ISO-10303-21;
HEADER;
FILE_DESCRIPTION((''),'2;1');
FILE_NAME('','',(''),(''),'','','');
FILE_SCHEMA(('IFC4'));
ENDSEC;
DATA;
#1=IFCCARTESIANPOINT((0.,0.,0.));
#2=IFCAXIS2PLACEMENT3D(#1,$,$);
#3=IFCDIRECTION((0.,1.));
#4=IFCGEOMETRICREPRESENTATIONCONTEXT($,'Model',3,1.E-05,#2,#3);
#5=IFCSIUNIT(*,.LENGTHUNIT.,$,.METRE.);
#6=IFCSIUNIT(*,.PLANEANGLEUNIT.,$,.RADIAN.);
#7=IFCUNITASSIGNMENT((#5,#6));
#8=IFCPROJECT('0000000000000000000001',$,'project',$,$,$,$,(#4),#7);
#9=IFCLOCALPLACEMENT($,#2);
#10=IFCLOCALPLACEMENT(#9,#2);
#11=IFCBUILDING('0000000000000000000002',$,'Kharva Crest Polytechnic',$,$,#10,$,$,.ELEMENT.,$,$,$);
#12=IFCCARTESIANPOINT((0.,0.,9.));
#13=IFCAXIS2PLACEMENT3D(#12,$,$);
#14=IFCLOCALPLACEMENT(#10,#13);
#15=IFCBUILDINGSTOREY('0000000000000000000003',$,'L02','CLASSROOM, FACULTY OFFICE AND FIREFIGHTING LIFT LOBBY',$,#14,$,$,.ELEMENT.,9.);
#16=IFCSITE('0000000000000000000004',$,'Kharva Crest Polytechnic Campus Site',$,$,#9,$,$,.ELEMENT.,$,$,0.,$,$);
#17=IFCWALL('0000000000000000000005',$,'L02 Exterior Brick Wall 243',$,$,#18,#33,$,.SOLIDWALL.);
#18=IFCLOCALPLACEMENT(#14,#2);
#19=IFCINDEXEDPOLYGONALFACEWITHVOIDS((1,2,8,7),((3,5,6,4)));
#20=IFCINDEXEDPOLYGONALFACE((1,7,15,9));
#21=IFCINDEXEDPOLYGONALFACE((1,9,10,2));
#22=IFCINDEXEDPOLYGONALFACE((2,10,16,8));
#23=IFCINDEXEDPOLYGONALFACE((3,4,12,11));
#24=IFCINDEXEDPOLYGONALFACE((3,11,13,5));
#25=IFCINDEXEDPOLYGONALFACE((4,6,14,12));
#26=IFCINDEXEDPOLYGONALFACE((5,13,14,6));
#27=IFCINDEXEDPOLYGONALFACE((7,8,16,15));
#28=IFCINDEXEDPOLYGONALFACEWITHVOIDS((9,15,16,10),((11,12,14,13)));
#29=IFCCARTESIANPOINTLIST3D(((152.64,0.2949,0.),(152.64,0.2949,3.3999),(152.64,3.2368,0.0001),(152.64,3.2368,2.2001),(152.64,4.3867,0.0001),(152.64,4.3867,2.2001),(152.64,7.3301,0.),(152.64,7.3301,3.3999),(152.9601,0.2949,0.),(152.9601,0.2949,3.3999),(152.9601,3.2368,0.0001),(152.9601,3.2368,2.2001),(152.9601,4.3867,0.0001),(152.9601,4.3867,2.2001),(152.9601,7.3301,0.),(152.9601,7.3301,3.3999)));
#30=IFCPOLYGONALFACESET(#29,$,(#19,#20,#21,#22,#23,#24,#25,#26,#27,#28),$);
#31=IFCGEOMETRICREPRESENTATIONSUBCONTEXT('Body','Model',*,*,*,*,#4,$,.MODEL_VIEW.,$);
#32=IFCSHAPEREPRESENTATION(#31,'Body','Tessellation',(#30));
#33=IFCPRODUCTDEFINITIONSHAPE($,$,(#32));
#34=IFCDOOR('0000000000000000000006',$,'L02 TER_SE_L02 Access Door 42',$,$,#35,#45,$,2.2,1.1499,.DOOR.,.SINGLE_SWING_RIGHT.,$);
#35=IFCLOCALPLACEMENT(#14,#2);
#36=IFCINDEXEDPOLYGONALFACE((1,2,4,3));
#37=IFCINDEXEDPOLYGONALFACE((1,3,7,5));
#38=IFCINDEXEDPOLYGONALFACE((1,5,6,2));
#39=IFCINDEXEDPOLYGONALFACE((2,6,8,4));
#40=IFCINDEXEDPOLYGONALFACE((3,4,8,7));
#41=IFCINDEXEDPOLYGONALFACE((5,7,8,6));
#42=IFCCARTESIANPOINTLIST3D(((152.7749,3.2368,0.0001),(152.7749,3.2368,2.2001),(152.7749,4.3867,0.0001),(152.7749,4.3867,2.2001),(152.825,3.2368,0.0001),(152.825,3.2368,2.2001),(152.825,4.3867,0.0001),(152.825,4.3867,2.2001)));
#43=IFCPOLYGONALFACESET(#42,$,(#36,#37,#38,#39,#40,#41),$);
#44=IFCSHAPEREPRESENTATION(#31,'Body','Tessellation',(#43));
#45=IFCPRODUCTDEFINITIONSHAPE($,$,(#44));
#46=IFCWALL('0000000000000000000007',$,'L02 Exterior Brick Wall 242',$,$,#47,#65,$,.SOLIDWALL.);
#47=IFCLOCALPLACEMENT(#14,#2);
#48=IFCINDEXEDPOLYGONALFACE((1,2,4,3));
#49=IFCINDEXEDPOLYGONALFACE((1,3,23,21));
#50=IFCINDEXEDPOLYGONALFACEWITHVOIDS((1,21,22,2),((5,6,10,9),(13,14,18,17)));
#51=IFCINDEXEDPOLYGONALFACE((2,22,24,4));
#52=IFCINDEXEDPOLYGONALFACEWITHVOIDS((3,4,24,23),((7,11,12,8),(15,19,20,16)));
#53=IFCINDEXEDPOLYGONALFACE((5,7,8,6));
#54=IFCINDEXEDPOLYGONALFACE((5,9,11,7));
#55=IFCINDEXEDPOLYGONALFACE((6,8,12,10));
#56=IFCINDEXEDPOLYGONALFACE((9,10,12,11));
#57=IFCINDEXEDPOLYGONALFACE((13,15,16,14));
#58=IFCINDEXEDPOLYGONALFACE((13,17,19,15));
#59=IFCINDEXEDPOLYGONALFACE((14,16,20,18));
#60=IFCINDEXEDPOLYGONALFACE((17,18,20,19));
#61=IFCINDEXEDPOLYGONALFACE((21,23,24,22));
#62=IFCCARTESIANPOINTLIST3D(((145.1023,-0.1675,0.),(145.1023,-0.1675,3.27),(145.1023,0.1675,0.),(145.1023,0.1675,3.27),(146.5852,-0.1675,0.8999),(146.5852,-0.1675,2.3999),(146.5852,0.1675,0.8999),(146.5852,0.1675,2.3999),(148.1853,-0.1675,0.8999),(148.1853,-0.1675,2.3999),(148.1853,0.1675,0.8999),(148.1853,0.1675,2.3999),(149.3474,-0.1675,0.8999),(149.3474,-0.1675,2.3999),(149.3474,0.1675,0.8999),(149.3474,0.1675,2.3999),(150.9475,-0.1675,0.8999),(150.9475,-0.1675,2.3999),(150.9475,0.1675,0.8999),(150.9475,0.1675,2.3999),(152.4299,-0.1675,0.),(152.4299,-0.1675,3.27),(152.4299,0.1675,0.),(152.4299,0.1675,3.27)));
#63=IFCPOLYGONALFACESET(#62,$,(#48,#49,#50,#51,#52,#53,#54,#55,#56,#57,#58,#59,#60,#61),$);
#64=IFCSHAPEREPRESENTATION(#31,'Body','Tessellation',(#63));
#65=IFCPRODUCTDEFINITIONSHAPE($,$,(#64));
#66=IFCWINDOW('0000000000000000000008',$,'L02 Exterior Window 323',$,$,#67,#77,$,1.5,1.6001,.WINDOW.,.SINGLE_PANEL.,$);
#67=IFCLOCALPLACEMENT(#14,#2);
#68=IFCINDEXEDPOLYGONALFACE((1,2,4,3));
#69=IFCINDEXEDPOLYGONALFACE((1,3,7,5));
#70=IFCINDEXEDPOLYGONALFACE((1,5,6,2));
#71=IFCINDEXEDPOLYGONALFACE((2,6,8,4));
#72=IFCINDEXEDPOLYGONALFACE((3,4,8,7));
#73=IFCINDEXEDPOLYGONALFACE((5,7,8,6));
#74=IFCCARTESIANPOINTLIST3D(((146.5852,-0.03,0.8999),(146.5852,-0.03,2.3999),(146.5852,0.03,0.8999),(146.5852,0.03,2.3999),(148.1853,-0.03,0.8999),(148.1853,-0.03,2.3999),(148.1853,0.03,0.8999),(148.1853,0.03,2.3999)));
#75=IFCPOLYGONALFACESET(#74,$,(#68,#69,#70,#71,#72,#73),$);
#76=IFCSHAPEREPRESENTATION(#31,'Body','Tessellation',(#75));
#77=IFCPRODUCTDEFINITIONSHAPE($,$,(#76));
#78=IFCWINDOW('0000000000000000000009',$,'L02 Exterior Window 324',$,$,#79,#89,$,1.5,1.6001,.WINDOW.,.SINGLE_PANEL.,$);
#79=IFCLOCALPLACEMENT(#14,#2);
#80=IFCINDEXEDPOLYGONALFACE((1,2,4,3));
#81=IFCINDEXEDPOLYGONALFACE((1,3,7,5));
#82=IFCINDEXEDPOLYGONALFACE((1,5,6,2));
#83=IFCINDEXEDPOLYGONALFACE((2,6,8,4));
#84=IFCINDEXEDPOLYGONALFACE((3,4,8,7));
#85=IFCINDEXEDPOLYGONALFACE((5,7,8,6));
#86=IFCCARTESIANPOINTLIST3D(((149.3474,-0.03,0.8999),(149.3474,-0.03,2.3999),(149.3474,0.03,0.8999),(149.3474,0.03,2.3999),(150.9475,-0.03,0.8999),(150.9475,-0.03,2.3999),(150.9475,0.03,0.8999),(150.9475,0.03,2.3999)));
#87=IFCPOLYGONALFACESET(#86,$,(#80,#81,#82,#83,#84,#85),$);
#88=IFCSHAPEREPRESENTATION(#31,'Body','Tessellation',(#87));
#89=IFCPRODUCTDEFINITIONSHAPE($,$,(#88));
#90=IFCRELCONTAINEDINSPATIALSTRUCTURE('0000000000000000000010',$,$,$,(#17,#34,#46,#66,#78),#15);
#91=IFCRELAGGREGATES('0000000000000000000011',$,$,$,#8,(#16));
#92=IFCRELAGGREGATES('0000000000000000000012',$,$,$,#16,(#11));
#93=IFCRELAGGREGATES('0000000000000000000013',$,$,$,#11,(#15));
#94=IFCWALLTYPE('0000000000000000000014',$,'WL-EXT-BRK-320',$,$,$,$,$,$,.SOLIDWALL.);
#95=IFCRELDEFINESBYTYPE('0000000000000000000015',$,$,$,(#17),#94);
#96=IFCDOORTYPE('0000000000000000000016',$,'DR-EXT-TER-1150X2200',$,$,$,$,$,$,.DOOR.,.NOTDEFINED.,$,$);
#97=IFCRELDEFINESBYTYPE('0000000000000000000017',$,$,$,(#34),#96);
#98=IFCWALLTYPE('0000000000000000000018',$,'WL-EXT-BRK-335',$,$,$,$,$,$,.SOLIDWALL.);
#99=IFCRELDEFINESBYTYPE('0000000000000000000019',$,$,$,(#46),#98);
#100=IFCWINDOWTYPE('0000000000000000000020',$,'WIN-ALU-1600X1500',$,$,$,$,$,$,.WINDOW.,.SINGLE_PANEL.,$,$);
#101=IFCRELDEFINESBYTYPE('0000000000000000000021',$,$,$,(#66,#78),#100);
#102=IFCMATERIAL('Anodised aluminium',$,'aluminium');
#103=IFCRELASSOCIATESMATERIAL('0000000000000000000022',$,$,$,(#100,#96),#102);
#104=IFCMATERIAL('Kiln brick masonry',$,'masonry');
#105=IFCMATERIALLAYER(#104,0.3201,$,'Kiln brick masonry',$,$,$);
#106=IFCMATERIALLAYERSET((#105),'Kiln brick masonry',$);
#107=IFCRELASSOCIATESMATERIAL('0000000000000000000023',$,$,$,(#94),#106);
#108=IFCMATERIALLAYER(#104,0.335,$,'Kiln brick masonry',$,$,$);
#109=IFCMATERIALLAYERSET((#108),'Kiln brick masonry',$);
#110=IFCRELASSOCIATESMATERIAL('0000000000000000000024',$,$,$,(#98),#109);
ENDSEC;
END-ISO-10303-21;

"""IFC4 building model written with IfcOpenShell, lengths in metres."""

from ifc_helpers import new_model, si_unit, direction, frame, frame_2d, origin, place, context, subcontext, project, spatial, rectangle, extrude, material, layer, layer_set, type_object, element, fill, save


model = new_model("IFC4")

# Units and contexts
model_context = context("Model", 3, precision=1e-05, world=origin(), true_north=direction((0.0, 1.0)))
body_context = subcontext(model_context, "Body", "Model", "MODEL_VIEW")
ifc_project = project(units=[si_unit("LENGTHUNIT", "METRE"), si_unit("PLANEANGLEUNIT", "RADIAN")], contexts=[model_context])

# Site, building, storey
site_placement = place(None, origin())
site = spatial("IfcSite", under=ifc_project, at=site_placement, Name="Kharva Crest Polytechnic Campus Site", CompositionType="ELEMENT", RefElevation=0.0)
building_placement = place(site_placement, origin())
building = spatial("IfcBuilding", under=site, at=building_placement, Name="Kharva Crest Polytechnic", CompositionType="ELEMENT")
storey_placement = place(building_placement, frame((0.0, 0.0, 9.0)))
storey = spatial("IfcBuildingStorey", under=building, at=storey_placement, Name="L02", Description="CLASSROOM, FACULTY OFFICE AND FIREFIGHTING LIFT LOBBY", CompositionType="ELEMENT", Elevation=9.0)

# Shared definitions
ifc_material_1 = material(Name="Kiln brick masonry", Category="masonry")
ifc_material_2 = material(Name="Anodised aluminium", Category="aluminium")
window_type_1 = type_object("IfcWindowType", Name="WIN-ALU-1600X1500", PartitioningType="SINGLE_PANEL", PredefinedType="WINDOW", material=ifc_material_2)

# Wall, opening, door
ifc_layer_1 = layer(ifc_material_1, 0.3201, Name="Kiln brick masonry")
ifc_layer_set_1 = layer_set([ifc_layer_1], Name="Kiln brick masonry")
wall_type_1 = type_object("IfcWallType", Name="WL-EXT-BRK-320", PredefinedType="SOLIDWALL", material=ifc_layer_set_1)
wall_1_placement = place(storey_placement, frame((152.8, 0.2949, 0.0), z_axis=(0.0, 0.0, 1.0), x_axis=(0.0, 1.0, 0.0)))
wall_1 = element("IfcWall", 1, at=wall_1_placement, inside=storey, type_object=wall_type_1, Name="L02 Exterior Brick Wall 243", PredefinedType="SOLIDWALL", context=body_context, shape_type="SweptSolid", body=[
    extrude(rectangle(XDim=7.0352, YDim=0.3201, at=frame_2d((3.5176, 0.0))), origin(), (0.0, 0.0, 1.0), 3.3999),
])
opening_1_placement = place(wall_1_placement, frame((2.9419, 0.0, 0.0)))
opening_1 = element("IfcOpeningElement", 2, at=opening_1_placement, cuts=wall_1, PredefinedType="OPENING", context=body_context, shape_type="SweptSolid", body=[
    extrude(rectangle(XDim=1.1499, YDim=2.2, at=frame_2d((0.575, 1.1001))), frame((0.0, 0.1699, 0.0), z_axis=(0.0, -1.0, 0.0), x_axis=(1.0, 0.0, 0.0)), (0.0, 0.0, 1.0), 0.3401),
])
door_type_1 = type_object("IfcDoorType", Name="DR-EXT-TER-1150X2200", OperationType="NOTDEFINED", PredefinedType="DOOR", material=ifc_material_2)
door_1_placement = place(opening_1_placement, frame((1.1499, 0.0, 0.0), z_axis=(0.0, 0.0, 1.0), x_axis=(-1.0, 0.0, 0.0)))
door_1 = element("IfcDoor", 3, at=door_1_placement, inside=storey, type_object=door_type_1, Name="L02 TER_SE_L02 Access Door 42", OperationType="SINGLE_SWING_RIGHT", OverallHeight=2.2, OverallWidth=1.1499, PredefinedType="DOOR", context=body_context, shape_type="SweptSolid", body=[
    extrude(rectangle(XDim=1.1499, YDim=2.2, at=frame_2d((0.575, 1.1001))), frame((0.0, 0.0249, 0.0), z_axis=(0.0, -1.0, 0.0), x_axis=(1.0, 0.0, 0.0)), (0.0, 0.0, 1.0), 0.05),
])
fill(opening_1, door_1)

# Wall, openings, windows
ifc_layer_2 = layer(ifc_material_1, 0.335, Name="Kiln brick masonry")
ifc_layer_set_2 = layer_set([ifc_layer_2], Name="Kiln brick masonry")
wall_type_2 = type_object("IfcWallType", Name="WL-EXT-BRK-335", PredefinedType="SOLIDWALL", material=ifc_layer_set_2)
wall_2_placement = place(storey_placement, frame((145.1023, 0.0, 0.0), z_axis=(0.0, 0.0, 1.0), x_axis=(1.0, 0.0, 0.0)))
wall_2 = element("IfcWall", 4, at=wall_2_placement, inside=storey, type_object=wall_type_2, Name="L02 Exterior Brick Wall 242", PredefinedType="SOLIDWALL", context=body_context, shape_type="SweptSolid", body=[
    extrude(rectangle(XDim=7.3276, YDim=0.335, at=frame_2d((3.6638, 0.0))), origin(), (0.0, 0.0, 1.0), 3.27),
])
opening_2_placement = place(wall_2_placement, frame((1.4829, 0.0, 0.8999)))
opening_2 = element("IfcOpeningElement", 5, at=opening_2_placement, cuts=wall_2, PredefinedType="OPENING", context=body_context, shape_type="SweptSolid", body=[
    extrude(rectangle(XDim=1.6001, YDim=1.5, at=frame_2d((0.8, 0.75))), frame((0.0, 0.1775, 0.0), z_axis=(0.0, -1.0, 0.0), x_axis=(1.0, 0.0, 0.0)), (0.0, 0.0, 1.0), 0.355),
])
opening_3_placement = place(wall_2_placement, frame((4.2451, 0.0, 0.8999)))
opening_3 = element("IfcOpeningElement", 6, at=opening_3_placement, cuts=wall_2, PredefinedType="OPENING", context=body_context, shape_type="SweptSolid", body=[
    extrude(rectangle(XDim=1.6001, YDim=1.5, at=frame_2d((0.8, 0.75))), frame((0.0, 0.1775, 0.0), z_axis=(0.0, -1.0, 0.0), x_axis=(1.0, 0.0, 0.0)), (0.0, 0.0, 1.0), 0.355),
])
window_1_placement = place(opening_2_placement, origin())
window_1 = element("IfcWindow", 7, at=window_1_placement, inside=storey, type_object=window_type_1, Name="L02 Exterior Window 323", OverallHeight=1.5, OverallWidth=1.6001, PartitioningType="SINGLE_PANEL", PredefinedType="WINDOW", context=body_context, shape_type="SweptSolid", body=[
    extrude(rectangle(XDim=1.6001, YDim=1.5, at=frame_2d((0.8, 0.75))), frame((0.0, 0.03, 0.0), z_axis=(0.0, -1.0, 0.0), x_axis=(1.0, 0.0, 0.0)), (0.0, 0.0, 1.0), 0.0601),
])
fill(opening_2, window_1)
window_2_placement = place(opening_3_placement, origin())
window_2 = element("IfcWindow", 8, at=window_2_placement, inside=storey, type_object=window_type_1, Name="L02 Exterior Window 324", OverallHeight=1.5, OverallWidth=1.6001, PartitioningType="SINGLE_PANEL", PredefinedType="WINDOW", context=body_context, shape_type="SweptSolid", body=[
    extrude(rectangle(XDim=1.6001, YDim=1.5, at=frame_2d((0.8, 0.75))), frame((0.0, 0.03, 0.0), z_axis=(0.0, -1.0, 0.0), x_axis=(1.0, 0.0, 0.0)), (0.0, 0.0, 1.0), 0.0601),
])
fill(opening_3, window_2)

save(model, "model.ifc")
